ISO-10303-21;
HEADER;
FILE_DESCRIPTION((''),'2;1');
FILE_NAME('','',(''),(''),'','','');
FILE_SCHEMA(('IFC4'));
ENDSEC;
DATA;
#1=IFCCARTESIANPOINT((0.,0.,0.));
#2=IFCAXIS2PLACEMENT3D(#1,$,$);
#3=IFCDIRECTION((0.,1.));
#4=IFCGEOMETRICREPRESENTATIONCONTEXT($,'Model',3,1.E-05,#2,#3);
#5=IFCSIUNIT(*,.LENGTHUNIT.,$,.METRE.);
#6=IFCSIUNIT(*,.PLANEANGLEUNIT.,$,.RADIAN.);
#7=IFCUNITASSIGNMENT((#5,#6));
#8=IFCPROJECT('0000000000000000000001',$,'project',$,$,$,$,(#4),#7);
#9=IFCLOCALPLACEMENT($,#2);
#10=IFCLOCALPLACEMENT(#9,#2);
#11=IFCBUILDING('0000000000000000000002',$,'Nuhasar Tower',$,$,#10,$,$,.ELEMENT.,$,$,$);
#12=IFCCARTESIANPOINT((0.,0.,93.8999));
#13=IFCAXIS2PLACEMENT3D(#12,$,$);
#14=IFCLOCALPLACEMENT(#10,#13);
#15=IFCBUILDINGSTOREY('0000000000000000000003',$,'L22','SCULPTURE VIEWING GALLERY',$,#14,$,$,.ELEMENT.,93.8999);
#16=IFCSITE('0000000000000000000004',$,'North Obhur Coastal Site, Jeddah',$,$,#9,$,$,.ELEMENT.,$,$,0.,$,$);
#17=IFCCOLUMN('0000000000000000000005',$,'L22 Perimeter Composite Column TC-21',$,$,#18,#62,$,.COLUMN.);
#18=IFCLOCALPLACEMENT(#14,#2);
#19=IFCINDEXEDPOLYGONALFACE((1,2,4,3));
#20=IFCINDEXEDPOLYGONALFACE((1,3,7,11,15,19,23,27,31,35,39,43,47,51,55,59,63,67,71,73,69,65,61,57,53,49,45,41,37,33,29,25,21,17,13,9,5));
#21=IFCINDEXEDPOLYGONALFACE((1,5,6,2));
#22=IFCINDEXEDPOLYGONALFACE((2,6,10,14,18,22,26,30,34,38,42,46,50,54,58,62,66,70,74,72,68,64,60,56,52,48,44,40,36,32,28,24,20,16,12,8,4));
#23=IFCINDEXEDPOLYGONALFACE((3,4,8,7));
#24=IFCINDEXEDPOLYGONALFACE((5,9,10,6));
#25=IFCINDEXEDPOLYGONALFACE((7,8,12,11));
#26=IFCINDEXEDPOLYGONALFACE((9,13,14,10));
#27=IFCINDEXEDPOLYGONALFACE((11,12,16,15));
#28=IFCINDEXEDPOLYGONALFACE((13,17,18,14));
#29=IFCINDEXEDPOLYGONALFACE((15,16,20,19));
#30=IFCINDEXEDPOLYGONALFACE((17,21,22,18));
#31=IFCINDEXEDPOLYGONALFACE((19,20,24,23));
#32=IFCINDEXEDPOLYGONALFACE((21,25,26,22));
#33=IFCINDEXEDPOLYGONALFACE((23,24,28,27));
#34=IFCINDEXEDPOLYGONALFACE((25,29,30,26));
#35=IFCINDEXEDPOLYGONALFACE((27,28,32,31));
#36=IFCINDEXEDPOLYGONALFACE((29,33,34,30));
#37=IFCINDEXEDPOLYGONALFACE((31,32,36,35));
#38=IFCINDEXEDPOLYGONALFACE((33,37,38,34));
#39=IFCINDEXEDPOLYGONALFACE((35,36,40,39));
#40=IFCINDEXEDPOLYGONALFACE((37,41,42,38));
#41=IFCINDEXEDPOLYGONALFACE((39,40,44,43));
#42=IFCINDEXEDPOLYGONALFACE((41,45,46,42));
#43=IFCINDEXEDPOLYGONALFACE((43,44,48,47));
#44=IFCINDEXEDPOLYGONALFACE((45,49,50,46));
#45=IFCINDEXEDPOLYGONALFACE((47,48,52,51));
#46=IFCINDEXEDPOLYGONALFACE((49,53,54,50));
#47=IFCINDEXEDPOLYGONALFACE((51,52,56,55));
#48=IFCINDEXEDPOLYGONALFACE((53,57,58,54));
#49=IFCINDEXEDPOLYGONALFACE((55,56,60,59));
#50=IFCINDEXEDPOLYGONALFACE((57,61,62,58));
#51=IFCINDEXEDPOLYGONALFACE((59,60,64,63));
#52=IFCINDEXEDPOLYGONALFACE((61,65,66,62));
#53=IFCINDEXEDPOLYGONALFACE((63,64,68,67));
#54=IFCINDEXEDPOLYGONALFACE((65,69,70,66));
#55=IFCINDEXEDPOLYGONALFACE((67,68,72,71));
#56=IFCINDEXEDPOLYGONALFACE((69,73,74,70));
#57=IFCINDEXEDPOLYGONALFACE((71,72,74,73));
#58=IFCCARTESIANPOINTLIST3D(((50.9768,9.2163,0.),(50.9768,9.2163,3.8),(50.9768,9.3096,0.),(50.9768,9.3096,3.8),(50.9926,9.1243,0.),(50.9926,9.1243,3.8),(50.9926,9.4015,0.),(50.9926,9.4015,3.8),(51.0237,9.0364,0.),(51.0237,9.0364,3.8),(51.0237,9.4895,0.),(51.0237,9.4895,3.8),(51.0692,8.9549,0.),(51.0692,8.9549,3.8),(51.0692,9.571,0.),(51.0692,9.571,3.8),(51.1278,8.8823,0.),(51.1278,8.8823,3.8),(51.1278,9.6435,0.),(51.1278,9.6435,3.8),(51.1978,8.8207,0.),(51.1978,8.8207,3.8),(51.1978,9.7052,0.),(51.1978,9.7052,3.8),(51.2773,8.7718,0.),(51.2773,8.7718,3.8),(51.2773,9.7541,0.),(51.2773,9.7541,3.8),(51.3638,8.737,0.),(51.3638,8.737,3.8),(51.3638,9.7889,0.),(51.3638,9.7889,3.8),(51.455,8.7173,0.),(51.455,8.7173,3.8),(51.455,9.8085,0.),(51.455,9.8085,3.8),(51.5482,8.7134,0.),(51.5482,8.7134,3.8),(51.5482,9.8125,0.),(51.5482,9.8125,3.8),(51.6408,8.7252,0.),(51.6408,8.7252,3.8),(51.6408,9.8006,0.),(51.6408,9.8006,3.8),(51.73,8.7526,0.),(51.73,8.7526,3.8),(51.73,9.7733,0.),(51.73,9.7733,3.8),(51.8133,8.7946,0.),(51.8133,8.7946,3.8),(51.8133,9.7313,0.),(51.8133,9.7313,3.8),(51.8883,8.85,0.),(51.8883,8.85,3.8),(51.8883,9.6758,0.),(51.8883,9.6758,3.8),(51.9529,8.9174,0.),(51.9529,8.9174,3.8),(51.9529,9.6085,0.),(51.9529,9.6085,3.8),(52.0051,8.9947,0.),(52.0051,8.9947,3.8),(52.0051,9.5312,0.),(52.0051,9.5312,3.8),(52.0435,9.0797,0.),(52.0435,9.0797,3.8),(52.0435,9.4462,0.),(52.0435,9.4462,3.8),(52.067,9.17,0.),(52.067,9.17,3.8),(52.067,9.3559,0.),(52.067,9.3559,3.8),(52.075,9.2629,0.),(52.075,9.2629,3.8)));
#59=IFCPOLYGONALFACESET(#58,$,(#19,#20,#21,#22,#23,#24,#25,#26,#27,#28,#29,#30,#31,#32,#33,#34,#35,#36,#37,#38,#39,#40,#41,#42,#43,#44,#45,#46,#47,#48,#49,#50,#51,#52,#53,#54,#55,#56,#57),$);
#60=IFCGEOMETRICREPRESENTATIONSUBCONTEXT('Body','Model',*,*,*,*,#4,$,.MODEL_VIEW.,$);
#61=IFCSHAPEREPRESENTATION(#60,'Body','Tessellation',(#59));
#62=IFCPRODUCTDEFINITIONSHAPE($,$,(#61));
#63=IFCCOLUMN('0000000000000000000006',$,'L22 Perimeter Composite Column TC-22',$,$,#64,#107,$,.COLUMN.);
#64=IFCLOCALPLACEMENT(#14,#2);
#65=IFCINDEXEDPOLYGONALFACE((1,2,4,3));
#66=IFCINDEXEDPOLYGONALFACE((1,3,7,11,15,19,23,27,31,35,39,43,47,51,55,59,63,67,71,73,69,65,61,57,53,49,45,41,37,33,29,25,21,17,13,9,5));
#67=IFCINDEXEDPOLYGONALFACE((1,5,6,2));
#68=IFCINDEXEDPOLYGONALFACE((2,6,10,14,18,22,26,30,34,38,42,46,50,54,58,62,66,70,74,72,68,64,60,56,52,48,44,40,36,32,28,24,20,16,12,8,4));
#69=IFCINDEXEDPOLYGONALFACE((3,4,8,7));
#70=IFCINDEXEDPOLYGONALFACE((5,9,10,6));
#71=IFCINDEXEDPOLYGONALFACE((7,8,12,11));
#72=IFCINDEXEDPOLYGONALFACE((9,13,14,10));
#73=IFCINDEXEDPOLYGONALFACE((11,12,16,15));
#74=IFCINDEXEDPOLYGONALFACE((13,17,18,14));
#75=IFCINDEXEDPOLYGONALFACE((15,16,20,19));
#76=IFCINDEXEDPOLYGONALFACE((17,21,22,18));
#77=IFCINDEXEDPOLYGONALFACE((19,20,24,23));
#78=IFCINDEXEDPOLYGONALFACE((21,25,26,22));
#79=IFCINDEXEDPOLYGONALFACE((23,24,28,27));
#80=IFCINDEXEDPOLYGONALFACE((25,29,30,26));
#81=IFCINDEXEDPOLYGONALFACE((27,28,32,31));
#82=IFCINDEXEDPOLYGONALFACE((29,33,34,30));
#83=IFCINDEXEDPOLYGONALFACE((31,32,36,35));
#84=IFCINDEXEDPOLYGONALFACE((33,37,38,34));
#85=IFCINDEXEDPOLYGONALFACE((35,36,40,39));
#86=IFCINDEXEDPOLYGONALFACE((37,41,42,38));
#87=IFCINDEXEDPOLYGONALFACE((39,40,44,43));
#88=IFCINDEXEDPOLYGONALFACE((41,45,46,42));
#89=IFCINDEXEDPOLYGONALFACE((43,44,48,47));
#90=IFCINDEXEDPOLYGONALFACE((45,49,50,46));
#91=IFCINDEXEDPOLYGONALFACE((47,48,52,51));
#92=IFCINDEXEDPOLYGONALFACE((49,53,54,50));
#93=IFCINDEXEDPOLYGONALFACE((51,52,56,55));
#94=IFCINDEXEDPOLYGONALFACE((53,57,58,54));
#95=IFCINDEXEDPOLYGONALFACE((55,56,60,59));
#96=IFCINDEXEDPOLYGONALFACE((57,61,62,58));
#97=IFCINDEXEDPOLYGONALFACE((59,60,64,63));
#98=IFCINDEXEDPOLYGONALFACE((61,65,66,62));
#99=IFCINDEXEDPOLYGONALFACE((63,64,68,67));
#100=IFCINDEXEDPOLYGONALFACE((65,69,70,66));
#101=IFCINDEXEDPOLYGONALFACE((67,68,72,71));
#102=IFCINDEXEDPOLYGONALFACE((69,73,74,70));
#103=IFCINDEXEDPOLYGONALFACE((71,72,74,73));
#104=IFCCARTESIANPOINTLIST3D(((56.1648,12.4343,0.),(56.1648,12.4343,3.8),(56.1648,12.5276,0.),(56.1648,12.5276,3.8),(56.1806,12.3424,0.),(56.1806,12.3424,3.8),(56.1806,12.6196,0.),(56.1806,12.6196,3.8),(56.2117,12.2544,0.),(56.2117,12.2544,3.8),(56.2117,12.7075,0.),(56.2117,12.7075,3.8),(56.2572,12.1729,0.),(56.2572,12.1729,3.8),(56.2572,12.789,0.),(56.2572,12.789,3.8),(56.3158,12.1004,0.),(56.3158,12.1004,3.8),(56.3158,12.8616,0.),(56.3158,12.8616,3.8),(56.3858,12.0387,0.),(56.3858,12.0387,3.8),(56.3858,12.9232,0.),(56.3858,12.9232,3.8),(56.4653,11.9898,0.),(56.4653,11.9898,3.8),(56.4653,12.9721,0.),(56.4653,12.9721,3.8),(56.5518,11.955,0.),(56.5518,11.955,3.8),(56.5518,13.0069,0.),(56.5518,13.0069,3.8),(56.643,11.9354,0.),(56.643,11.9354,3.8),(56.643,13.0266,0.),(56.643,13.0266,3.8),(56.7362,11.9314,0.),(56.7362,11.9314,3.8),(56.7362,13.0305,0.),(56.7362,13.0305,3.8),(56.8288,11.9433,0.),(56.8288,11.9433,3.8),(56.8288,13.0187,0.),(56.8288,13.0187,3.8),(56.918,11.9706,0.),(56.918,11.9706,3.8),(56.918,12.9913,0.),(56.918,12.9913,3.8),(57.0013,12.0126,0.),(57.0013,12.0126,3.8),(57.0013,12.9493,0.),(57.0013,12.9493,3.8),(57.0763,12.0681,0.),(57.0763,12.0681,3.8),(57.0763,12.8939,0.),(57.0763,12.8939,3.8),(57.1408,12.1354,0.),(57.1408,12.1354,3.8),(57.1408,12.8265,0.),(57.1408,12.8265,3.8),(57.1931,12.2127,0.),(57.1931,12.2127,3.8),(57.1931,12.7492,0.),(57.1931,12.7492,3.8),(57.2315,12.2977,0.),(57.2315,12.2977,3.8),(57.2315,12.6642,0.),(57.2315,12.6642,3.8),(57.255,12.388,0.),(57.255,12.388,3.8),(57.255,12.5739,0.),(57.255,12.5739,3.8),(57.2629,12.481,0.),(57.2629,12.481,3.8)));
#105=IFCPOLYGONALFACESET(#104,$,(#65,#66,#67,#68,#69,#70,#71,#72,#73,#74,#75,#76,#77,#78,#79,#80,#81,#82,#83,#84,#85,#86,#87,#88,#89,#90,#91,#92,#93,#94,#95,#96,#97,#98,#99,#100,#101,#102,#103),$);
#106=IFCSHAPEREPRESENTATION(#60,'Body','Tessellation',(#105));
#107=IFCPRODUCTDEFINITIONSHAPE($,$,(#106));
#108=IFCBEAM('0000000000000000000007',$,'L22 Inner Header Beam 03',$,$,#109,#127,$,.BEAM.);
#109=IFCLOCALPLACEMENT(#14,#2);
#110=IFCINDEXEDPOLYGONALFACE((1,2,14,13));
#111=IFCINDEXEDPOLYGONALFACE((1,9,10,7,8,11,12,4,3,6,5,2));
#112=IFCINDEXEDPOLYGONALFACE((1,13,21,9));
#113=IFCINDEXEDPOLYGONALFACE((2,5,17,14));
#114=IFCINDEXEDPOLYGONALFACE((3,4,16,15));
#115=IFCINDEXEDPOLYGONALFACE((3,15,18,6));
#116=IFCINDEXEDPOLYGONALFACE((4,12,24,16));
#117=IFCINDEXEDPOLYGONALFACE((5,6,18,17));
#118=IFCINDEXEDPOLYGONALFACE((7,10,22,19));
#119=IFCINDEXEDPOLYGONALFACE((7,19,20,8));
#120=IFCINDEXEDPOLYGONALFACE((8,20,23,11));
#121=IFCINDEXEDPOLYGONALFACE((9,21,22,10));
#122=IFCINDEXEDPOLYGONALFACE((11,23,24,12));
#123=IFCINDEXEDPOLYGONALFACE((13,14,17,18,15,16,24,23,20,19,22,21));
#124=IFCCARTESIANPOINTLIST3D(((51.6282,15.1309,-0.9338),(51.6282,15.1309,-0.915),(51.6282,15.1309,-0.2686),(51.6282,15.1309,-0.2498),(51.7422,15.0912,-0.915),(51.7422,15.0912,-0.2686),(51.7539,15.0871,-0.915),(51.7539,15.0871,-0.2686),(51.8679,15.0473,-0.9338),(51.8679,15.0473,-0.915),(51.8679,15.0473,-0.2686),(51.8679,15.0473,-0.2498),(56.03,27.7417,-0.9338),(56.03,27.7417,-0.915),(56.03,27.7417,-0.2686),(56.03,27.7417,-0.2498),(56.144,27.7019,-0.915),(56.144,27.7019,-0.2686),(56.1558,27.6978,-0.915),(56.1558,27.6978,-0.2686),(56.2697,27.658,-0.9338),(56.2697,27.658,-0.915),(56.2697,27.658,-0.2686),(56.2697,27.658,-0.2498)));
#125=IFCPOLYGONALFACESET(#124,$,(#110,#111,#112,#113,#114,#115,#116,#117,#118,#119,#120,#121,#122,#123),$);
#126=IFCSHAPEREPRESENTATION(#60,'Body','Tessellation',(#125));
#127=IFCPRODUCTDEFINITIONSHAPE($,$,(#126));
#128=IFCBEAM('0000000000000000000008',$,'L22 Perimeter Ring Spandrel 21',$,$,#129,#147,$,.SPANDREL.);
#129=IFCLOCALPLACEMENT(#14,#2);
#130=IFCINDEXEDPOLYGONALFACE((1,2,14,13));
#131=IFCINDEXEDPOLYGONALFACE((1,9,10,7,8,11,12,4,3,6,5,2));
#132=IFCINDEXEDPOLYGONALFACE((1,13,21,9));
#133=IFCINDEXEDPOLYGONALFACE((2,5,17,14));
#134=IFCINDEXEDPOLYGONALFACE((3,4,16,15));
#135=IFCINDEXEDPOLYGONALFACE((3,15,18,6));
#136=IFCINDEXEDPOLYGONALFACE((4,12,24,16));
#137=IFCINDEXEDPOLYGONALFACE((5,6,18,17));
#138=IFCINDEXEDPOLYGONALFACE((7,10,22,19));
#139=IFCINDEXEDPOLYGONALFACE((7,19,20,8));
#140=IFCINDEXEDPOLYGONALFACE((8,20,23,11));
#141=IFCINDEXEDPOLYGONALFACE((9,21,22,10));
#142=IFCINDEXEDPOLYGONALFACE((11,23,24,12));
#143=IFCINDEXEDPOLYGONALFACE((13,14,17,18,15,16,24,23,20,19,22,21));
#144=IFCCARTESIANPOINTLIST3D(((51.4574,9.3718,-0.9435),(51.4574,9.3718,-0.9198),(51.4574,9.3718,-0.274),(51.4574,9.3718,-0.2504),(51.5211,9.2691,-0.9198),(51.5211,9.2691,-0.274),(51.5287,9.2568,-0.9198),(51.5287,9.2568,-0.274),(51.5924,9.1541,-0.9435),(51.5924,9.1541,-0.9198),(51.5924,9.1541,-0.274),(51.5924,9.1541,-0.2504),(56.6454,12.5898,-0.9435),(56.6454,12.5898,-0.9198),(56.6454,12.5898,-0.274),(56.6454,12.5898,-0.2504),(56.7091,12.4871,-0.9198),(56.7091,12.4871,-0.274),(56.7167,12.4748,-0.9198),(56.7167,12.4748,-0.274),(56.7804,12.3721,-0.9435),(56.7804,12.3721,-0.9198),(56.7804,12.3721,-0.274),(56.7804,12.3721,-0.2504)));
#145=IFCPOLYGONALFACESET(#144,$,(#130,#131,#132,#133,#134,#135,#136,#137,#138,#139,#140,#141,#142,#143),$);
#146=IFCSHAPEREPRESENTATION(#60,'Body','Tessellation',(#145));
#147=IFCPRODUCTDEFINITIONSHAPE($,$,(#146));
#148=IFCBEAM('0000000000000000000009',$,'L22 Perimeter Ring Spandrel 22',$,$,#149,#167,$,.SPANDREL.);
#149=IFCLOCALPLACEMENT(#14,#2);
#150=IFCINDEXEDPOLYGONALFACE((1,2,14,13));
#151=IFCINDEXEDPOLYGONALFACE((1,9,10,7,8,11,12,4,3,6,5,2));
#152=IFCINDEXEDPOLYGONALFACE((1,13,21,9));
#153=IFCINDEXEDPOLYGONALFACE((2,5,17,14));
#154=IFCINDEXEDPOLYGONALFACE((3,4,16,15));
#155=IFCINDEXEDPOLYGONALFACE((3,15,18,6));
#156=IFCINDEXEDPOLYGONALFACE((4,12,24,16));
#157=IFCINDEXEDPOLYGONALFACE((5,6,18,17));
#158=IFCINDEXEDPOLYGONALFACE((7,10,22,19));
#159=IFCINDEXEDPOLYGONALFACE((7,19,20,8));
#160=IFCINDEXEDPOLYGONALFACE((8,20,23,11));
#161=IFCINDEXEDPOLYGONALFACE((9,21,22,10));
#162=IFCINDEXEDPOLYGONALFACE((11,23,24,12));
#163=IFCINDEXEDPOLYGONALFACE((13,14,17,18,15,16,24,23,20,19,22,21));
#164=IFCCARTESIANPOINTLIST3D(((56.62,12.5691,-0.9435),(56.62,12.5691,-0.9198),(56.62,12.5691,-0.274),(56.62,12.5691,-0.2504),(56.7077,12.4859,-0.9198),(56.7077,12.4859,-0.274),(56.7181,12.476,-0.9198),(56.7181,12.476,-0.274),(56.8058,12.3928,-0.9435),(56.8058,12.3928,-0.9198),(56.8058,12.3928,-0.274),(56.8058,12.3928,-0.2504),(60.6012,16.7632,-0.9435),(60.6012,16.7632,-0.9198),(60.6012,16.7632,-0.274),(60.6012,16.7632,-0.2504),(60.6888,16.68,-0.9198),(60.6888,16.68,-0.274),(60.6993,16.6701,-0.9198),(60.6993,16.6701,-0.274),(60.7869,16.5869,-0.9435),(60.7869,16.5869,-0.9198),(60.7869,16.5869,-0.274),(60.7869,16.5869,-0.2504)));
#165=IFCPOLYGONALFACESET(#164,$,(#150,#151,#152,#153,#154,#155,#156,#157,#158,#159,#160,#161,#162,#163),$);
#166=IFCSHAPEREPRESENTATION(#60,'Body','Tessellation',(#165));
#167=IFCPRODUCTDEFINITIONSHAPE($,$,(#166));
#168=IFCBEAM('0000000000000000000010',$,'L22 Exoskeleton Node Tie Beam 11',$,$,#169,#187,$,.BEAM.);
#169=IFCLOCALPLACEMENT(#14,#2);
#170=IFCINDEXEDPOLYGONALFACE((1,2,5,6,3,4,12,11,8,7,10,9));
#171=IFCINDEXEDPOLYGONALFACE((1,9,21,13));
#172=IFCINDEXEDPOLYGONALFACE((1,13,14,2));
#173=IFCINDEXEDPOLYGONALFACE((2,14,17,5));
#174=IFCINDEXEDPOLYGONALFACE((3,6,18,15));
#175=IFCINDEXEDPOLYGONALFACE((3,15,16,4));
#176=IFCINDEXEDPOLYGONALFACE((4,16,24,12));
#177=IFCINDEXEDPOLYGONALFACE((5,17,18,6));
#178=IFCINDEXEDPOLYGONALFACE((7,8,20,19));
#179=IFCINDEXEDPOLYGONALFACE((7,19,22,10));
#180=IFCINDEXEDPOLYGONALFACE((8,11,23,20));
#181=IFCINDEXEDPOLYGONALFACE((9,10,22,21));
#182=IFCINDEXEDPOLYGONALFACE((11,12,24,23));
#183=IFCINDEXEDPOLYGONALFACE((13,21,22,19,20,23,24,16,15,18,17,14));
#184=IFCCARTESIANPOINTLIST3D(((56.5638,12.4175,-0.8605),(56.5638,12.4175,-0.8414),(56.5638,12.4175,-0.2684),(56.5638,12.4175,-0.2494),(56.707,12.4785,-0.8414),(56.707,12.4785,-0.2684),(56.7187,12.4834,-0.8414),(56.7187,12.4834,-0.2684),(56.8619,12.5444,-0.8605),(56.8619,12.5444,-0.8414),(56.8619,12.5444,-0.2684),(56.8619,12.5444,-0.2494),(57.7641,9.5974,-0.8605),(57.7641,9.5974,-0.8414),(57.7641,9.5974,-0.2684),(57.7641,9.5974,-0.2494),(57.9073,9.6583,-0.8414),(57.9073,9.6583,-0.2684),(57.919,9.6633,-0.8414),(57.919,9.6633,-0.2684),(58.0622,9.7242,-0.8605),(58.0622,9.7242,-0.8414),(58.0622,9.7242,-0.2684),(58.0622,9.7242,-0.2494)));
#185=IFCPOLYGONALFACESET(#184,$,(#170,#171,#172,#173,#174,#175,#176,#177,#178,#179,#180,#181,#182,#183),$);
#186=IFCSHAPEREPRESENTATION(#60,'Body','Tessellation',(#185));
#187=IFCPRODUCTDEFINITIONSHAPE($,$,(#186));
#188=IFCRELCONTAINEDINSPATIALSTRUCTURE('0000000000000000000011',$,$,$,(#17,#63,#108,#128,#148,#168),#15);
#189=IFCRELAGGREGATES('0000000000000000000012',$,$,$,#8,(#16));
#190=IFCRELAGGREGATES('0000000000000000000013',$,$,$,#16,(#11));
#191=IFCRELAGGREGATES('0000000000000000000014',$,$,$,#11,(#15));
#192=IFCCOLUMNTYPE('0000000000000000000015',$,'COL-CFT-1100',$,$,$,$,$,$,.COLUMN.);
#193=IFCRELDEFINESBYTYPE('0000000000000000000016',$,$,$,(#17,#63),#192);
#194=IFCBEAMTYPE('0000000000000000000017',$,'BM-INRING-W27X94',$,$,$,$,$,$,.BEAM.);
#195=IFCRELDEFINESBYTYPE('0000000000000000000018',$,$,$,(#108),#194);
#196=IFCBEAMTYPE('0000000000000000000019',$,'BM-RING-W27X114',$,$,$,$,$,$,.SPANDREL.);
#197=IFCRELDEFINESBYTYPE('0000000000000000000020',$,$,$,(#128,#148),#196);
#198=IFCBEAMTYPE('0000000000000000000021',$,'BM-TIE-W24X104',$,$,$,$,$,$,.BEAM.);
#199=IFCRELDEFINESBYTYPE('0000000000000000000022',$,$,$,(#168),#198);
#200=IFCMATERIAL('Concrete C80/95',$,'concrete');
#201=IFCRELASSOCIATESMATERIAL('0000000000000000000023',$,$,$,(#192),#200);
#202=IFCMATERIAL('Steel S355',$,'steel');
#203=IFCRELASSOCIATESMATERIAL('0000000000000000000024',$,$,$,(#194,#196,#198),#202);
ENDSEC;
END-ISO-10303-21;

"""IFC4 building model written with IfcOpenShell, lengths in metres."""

from ifc_helpers import new_model, si_unit, direction, frame, origin, origin_2d, place, context, subcontext, project, spatial, circle, i_section, extrude, material, material_profile, profile_set, type_object, element, save


model = new_model("IFC4")

# Units and contexts
model_context = context("Model", 3, precision=1e-05, world=origin(), true_north=direction((0.0, 1.0)))
body_context = subcontext(model_context, "Body", "Model", "MODEL_VIEW")
ifc_project = project(units=[si_unit("LENGTHUNIT", "METRE"), si_unit("PLANEANGLEUNIT", "RADIAN")], contexts=[model_context])

# Site, building, storey
site_placement = place(None, origin())
site = spatial("IfcSite", under=ifc_project, at=site_placement, Name="North Obhur Coastal Site, Jeddah", CompositionType="ELEMENT", RefElevation=0.0)
building_placement = place(site_placement, origin())
building = spatial("IfcBuilding", under=site, at=building_placement, Name="Nuhasar Tower", CompositionType="ELEMENT")
storey_placement = place(building_placement, frame((0.0, 0.0, 93.8999)))
storey = spatial("IfcBuildingStorey", under=building, at=storey_placement, Name="L22", Description="SCULPTURE VIEWING GALLERY", CompositionType="ELEMENT", Elevation=93.8999)

# Columns
ifc_material_1 = material(Name="Concrete C80/95", Category="concrete")
ifc_material_profile_1 = material_profile(ifc_material_1, circle(Radius=0.55, at=origin_2d()), Name="CFT1100")
ifc_profile_set_1 = profile_set([ifc_material_profile_1], Name="Concrete C80/95")
column_type = type_object("IfcColumnType", Name="COL-CFT-1100", PredefinedType="COLUMN", material=ifc_profile_set_1)
for number, where, z_axis, x_axis, name in (
    (1, (51.5249, 9.2629, 0.0), (0.0, 0.0, 1.0), (1.0, 0.0, 0.0), "L22 Perimeter Composite Column TC-21"),
    (2, (56.7129, 12.481, 0.0), (0.0, 0.0, 1.0), (1.0, 0.0, 0.0), "L22 Perimeter Composite Column TC-22"),
):
    element("IfcColumn", number, at=place(storey_placement, frame(where, z_axis=z_axis, x_axis=x_axis)), inside=storey, type_object=column_type, Name=name, PredefinedType="COLUMN", context=body_context, shape_type="SweptSolid", body=[
        extrude(circle(Radius=0.55, at=origin_2d()), origin(), (0.0, 0.0, 1.0), 3.8),
    ])

# Beams
ifc_material_2 = material(Name="Steel S355", Category="steel")
ifc_material_profile_2 = material_profile(ifc_material_2, i_section(OverallWidth=0.2539, OverallDepth=0.6841, WebThickness=0.0125, FlangeThickness=0.0188, at=origin_2d()), Name="W27X94")
ifc_profile_set_2 = profile_set([ifc_material_profile_2], Name="Steel S355")
beam_type_1 = type_object("IfcBeamType", Name="BM-INRING-W27X94", PredefinedType="BEAM", material=ifc_profile_set_2)
beam_1_placement = place(storey_placement, frame((51.748, 15.0891, -0.5918), z_axis=(0.329554, 0.944137, 0.0), x_axis=(-0.944137, 0.329554, 0.0)))
element("IfcBeam", 3, at=beam_1_placement, inside=storey, type_object=beam_type_1, Name="L22 Inner Header Beam 03", PredefinedType="BEAM", context=body_context, shape_type="SweptSolid", body=[
    extrude(i_section(OverallWidth=0.2539, OverallDepth=0.6841, WebThickness=0.0125, FlangeThickness=0.0188, at=origin_2d()), origin(), (0.0, 0.0, 1.0), 13.3569),
])
ifc_material_profile_3 = material_profile(ifc_material_2, i_section(OverallWidth=0.2561, OverallDepth=0.6931, WebThickness=0.0144, FlangeThickness=0.0237, at=origin_2d()), Name="W27X114")
ifc_profile_set_3 = profile_set([ifc_material_profile_3], Name="Steel S355")
beam_type_2 = type_object("IfcBeamType", Name="BM-RING-W27X114", PredefinedType="SPANDREL", material=ifc_profile_set_3)
beam_2_placement = place(storey_placement, frame((51.5249, 9.2629, -0.5969), z_axis=(0.849795, 0.527113, 0.0), x_axis=(-0.527113, 0.849795, 0.0)))
element("IfcBeam", 4, at=beam_2_placement, inside=storey, type_object=beam_type_2, Name="L22 Perimeter Ring Spandrel 21", PredefinedType="SPANDREL", context=body_context, shape_type="SweptSolid", body=[
    extrude(i_section(OverallWidth=0.2561, OverallDepth=0.6931, WebThickness=0.0144, FlangeThickness=0.0237, at=origin_2d()), origin(), (0.0, 0.0, 1.0), 6.105),
])
beam_3_placement = place(storey_placement, frame((56.7129, 12.481, -0.5969), z_axis=(0.68846, 0.725274, 0.0), x_axis=(-0.725274, 0.68846, 0.0)))
element("IfcBeam", 5, at=beam_3_placement, inside=storey, type_object=beam_type_2, Name="L22 Perimeter Ring Spandrel 22", PredefinedType="SPANDREL", context=body_context, shape_type="SweptSolid", body=[
    extrude(i_section(OverallWidth=0.2561, OverallDepth=0.6931, WebThickness=0.0144, FlangeThickness=0.0237, at=origin_2d()), origin(), (0.0, 0.0, 1.0), 5.7827),
])
ifc_material_profile_4 = material_profile(ifc_material_2, i_section(OverallWidth=0.324, OverallDepth=0.6111, WebThickness=0.0127, FlangeThickness=0.019, at=origin_2d()), Name="W24X104")
ifc_profile_set_4 = profile_set([ifc_material_profile_4], Name="Steel S355")
beam_type_3 = type_object("IfcBeamType", Name="BM-TIE-W24X104", PredefinedType="BEAM", material=ifc_profile_set_4)
beam_4_placement = place(storey_placement, frame((56.7129, 12.481, -0.5549), z_axis=(0.391601, -0.920135, 0.0), x_axis=(0.920135, 0.391601, 0.0)))
element("IfcBeam", 6, at=beam_4_placement, inside=storey, type_object=beam_type_3, Name="L22 Exoskeleton Node Tie Beam 11", PredefinedType="BEAM", context=body_context, shape_type="SweptSolid", body=[
    extrude(i_section(OverallWidth=0.324, OverallDepth=0.6111, WebThickness=0.0127, FlangeThickness=0.019, at=origin_2d()), origin(), (0.0, 0.0, 1.0), 3.0649),
])

save(model, "model.ifc")
